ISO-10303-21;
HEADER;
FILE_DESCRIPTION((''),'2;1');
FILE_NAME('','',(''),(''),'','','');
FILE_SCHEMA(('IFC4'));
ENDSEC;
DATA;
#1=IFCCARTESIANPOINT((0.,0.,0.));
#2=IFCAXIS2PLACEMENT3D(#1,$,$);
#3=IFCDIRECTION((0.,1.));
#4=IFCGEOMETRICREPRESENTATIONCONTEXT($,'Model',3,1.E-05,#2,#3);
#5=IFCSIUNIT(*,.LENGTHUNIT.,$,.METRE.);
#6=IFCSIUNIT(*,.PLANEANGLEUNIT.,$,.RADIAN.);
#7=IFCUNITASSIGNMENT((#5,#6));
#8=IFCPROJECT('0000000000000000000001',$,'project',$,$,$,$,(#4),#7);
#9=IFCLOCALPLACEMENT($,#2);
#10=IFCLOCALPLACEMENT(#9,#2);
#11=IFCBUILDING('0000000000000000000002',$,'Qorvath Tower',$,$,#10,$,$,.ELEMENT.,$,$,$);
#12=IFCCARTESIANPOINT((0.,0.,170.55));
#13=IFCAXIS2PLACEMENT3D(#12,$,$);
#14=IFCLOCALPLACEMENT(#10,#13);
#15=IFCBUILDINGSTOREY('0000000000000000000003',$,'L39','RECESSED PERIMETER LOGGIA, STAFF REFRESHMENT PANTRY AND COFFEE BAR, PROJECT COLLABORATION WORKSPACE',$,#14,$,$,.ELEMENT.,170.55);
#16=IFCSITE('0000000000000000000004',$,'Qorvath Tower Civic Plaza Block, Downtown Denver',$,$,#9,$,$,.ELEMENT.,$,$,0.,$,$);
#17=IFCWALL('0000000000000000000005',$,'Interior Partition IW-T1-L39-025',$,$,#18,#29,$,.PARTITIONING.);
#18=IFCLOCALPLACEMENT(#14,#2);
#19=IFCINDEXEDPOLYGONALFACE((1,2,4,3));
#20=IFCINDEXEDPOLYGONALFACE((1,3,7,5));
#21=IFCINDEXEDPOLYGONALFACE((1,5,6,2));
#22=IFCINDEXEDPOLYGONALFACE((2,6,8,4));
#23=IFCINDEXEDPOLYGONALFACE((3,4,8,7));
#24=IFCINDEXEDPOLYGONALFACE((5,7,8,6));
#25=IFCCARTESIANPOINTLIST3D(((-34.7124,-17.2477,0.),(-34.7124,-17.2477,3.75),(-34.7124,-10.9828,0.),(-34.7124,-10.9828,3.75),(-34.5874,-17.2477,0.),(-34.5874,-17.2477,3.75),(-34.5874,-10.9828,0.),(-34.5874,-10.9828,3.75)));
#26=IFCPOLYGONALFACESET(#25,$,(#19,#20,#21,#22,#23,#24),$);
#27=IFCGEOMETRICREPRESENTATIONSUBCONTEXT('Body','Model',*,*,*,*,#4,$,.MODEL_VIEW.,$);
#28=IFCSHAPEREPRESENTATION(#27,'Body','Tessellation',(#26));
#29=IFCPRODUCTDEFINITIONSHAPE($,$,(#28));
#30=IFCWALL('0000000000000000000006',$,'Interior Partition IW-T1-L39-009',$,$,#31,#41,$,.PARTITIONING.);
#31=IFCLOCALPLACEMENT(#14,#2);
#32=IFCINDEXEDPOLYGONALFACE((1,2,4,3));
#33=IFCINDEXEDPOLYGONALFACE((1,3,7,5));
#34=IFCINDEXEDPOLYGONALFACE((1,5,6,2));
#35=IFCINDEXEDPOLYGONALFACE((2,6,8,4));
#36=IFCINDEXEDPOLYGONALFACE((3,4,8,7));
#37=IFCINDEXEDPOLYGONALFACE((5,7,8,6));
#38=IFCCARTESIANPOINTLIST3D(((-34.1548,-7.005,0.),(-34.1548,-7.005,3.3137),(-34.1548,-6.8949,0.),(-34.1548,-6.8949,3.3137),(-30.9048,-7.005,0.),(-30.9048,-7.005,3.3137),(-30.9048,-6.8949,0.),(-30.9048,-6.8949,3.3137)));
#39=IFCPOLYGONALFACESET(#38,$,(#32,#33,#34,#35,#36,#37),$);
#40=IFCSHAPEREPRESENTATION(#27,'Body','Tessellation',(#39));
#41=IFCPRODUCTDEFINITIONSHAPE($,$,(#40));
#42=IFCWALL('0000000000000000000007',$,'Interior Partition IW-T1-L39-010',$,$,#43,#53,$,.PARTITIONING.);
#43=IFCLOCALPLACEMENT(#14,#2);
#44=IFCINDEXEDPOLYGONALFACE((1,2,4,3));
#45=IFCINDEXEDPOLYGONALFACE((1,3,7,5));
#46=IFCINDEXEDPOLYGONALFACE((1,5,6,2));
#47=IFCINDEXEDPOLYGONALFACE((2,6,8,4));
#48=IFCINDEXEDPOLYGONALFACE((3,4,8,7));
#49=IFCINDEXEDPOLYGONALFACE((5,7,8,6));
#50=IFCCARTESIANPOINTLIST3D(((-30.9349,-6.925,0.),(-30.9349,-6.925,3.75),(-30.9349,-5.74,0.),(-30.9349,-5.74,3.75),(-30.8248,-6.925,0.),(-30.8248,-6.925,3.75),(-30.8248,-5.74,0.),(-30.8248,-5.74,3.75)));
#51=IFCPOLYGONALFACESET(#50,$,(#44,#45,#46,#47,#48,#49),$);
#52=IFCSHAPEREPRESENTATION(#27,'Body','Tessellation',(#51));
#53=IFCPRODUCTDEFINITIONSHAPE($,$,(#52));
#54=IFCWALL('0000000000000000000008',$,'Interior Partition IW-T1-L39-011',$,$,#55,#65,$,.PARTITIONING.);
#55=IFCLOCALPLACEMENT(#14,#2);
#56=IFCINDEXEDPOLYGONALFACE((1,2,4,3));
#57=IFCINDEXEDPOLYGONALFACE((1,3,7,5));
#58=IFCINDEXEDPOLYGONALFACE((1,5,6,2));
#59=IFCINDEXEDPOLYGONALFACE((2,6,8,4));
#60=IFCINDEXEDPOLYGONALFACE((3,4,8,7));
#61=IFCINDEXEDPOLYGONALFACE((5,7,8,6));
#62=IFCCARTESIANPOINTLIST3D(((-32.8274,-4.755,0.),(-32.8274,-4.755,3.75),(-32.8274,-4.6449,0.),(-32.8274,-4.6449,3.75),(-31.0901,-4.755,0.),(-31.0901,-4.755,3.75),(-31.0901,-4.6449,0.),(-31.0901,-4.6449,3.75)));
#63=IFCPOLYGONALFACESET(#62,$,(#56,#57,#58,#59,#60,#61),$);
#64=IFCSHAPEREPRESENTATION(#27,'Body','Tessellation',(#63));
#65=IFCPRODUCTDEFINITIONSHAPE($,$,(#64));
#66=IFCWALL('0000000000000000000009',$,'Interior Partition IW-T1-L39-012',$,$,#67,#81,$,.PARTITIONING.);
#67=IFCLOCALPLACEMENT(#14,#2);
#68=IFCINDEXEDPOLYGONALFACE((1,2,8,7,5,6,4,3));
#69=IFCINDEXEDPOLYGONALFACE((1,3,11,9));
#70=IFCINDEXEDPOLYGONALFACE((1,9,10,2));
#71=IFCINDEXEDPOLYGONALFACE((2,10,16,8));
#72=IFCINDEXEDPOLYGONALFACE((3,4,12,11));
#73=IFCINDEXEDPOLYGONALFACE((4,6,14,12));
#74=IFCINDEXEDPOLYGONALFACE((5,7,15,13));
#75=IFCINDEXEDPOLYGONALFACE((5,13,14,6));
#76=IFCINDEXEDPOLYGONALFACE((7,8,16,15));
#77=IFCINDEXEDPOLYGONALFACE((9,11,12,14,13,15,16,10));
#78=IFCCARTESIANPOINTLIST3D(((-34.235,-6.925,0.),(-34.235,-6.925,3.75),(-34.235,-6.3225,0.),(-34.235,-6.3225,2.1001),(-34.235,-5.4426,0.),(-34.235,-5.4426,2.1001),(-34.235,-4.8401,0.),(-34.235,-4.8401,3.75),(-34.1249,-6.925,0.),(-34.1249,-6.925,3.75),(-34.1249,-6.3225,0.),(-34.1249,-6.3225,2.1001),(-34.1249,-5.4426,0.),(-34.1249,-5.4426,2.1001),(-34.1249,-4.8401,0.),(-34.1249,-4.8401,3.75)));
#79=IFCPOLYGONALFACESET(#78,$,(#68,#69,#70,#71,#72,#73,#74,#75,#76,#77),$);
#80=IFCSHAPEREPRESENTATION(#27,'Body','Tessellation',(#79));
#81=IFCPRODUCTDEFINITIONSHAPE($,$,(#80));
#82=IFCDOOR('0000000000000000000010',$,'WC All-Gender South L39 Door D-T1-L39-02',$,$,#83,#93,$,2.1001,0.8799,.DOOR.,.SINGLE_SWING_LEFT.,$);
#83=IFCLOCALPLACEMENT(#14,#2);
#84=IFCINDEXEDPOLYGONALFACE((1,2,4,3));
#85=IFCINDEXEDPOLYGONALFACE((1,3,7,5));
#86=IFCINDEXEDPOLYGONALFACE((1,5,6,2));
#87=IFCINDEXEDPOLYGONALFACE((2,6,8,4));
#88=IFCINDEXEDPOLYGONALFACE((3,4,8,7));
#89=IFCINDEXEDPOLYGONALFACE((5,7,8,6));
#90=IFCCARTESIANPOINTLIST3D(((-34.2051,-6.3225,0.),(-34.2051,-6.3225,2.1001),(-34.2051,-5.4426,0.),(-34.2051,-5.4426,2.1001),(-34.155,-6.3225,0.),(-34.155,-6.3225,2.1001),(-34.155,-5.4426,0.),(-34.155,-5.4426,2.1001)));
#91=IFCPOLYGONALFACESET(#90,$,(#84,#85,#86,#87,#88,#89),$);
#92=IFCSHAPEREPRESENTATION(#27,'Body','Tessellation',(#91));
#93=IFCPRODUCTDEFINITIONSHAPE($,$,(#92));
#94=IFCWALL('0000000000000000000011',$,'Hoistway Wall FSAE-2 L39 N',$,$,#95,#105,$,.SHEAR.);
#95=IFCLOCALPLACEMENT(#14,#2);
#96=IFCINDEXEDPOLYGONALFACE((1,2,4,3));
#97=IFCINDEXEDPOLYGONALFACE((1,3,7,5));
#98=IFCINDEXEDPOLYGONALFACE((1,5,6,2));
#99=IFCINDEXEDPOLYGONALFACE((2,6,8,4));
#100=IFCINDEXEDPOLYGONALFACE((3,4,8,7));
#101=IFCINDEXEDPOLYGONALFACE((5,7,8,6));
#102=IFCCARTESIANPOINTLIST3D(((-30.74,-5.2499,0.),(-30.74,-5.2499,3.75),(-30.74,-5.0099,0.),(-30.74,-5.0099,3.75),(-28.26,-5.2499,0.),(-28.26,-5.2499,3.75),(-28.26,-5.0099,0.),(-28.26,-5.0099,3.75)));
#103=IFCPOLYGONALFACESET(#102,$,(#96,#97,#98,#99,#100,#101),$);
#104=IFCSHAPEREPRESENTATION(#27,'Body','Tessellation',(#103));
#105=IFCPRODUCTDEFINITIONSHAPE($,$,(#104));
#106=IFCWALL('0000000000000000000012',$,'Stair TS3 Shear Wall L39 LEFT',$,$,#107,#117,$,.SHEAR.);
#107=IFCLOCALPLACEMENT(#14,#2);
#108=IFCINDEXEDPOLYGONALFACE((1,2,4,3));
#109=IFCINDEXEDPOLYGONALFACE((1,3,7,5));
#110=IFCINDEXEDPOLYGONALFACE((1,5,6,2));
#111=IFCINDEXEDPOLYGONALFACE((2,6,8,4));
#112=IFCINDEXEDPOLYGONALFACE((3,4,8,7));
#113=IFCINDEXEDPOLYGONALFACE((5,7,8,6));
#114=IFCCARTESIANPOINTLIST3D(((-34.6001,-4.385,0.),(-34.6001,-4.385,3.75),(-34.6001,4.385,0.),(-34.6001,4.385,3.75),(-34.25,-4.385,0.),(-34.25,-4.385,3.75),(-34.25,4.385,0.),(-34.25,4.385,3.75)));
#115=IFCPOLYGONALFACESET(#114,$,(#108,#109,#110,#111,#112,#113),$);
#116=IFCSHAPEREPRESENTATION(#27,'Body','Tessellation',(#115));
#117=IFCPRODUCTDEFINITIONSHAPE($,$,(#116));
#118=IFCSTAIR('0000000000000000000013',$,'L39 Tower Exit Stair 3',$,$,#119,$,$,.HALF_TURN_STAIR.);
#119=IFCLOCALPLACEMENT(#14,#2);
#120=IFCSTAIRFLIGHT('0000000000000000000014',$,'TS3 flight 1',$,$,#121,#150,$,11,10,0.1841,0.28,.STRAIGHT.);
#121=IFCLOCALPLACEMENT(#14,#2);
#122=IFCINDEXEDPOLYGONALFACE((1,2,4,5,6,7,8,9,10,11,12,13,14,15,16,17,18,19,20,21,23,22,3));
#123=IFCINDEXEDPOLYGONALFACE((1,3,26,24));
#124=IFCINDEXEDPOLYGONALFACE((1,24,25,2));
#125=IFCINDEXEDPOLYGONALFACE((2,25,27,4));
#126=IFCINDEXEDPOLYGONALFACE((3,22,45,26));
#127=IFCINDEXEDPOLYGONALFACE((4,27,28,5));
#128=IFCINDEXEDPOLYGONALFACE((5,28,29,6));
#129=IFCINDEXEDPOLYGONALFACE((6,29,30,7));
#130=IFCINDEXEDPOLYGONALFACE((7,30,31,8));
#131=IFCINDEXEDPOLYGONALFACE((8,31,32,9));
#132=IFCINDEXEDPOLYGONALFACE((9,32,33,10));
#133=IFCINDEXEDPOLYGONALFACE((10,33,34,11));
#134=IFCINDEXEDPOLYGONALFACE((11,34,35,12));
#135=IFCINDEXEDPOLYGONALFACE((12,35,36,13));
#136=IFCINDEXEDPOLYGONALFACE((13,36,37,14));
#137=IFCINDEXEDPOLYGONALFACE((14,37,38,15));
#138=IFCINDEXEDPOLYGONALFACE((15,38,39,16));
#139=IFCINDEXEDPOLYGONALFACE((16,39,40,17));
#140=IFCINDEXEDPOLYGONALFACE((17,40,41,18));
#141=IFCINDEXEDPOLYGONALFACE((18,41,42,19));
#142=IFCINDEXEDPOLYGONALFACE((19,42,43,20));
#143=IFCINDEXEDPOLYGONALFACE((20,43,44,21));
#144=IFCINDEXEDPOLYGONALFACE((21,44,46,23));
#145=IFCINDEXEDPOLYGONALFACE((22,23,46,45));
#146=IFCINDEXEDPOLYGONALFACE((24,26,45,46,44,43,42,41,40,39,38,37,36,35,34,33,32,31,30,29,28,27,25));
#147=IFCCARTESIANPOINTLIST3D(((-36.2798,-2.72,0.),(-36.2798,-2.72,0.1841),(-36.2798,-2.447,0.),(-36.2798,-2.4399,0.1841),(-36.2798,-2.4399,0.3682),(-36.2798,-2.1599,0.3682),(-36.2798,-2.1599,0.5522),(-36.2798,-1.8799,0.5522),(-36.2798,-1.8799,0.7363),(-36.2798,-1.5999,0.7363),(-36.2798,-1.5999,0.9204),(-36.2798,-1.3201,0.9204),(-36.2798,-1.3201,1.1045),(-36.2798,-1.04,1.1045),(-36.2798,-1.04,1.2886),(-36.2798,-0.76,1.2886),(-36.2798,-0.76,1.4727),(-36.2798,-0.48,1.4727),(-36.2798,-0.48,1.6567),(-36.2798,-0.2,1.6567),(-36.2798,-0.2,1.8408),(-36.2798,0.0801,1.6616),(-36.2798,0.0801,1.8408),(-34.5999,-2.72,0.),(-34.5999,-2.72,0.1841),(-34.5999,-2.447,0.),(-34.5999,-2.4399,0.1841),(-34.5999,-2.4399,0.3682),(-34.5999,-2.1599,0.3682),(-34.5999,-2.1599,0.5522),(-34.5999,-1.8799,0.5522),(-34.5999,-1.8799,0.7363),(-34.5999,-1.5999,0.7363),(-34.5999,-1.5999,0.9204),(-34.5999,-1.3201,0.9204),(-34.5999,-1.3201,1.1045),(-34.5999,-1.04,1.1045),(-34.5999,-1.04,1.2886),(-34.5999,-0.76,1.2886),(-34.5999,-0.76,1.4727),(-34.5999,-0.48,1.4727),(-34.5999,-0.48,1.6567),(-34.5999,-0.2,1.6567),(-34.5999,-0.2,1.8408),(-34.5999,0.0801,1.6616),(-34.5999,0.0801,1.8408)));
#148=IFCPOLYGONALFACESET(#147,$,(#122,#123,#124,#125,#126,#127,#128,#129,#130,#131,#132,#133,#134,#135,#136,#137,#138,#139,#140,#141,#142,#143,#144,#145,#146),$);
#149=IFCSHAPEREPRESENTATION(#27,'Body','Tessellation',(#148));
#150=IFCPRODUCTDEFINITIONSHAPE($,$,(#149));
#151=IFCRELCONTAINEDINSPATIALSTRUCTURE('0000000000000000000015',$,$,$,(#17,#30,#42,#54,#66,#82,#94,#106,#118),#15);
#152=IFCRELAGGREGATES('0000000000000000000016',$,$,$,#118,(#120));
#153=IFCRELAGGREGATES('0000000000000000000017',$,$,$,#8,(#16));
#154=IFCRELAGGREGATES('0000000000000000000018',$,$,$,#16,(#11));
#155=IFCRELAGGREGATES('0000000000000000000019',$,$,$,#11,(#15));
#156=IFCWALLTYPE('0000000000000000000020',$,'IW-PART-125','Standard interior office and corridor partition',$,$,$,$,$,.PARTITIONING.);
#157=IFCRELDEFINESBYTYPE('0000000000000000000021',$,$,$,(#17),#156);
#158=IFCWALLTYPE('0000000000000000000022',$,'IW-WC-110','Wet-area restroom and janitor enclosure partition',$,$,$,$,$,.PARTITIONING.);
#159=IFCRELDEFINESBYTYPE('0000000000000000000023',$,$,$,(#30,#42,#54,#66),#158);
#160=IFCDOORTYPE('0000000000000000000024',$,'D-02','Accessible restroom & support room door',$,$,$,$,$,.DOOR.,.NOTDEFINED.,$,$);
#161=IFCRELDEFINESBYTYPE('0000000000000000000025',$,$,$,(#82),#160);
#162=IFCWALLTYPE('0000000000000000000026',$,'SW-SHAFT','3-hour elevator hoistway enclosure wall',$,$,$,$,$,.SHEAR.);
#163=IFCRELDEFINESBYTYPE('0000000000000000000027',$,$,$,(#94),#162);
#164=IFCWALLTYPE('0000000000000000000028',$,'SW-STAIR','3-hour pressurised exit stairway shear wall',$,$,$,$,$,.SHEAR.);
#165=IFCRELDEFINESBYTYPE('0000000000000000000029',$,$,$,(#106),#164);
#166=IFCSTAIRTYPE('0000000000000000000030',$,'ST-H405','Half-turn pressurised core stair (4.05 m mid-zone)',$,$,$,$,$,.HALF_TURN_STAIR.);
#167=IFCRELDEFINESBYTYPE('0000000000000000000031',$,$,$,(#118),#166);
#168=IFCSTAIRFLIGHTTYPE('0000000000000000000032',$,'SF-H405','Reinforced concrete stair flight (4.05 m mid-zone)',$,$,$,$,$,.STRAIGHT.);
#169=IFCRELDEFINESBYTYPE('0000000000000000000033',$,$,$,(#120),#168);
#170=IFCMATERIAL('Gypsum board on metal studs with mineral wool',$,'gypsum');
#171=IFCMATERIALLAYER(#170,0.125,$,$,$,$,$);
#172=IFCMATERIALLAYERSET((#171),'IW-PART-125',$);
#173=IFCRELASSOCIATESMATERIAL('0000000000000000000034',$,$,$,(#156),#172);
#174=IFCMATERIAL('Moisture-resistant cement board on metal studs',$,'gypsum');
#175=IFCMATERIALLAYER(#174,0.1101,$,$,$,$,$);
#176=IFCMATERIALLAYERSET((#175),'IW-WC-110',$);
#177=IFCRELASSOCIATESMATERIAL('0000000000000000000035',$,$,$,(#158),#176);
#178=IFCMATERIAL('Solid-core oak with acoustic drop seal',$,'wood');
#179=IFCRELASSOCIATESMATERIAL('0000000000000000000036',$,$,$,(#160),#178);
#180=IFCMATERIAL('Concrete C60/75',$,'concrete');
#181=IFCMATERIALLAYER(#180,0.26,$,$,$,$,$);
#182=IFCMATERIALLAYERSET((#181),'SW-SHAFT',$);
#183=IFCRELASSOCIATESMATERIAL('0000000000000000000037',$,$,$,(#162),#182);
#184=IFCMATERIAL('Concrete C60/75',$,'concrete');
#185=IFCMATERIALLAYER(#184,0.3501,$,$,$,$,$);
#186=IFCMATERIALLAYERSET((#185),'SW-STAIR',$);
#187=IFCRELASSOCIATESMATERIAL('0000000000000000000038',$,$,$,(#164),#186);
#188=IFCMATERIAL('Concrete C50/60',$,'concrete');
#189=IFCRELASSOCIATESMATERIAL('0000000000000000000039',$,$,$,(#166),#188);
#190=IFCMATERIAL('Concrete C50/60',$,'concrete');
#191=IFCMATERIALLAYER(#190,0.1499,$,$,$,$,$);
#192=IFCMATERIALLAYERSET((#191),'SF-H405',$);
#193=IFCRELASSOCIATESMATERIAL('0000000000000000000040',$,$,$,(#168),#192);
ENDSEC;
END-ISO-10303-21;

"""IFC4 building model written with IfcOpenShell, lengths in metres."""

from ifc_helpers import new_model, si_unit, direction, frame, frame_2d, origin, place, context, subcontext, project, spatial, polyline, rectangle, outline, extrude, material, layer, layer_set, type_object, element, fill, aggregate, save


model = new_model("IFC4")

# Units and contexts
model_context = context("Model", 3, precision=1e-05, world=origin(), true_north=direction((0.0, 1.0)))
body_context = subcontext(model_context, "Body", "Model", "MODEL_VIEW")
ifc_project = project(units=[si_unit("LENGTHUNIT", "METRE"), si_unit("PLANEANGLEUNIT", "RADIAN")], contexts=[model_context])

# Site, building, storey
site_placement = place(None, origin())
site = spatial("IfcSite", under=ifc_project, at=site_placement, Name="Qorvath Tower Civic Plaza Block, Downtown Denver", CompositionType="ELEMENT", RefElevation=0.0)
building_placement = place(site_placement, origin())
building = spatial("IfcBuilding", under=site, at=building_placement, Name="Qorvath Tower", CompositionType="ELEMENT")
storey_placement = place(building_placement, frame((0.0, 0.0, 170.55)))
storey = spatial("IfcBuildingStorey", under=building, at=storey_placement, Name="L39", Description="RECESSED PERIMETER LOGGIA, STAFF REFRESHMENT PANTRY AND COFFEE BAR, PROJECT COLLABORATION WORKSPACE", CompositionType="ELEMENT", Elevation=170.55)

# Walls
ifc_material_1 = material(Name="Gypsum board on metal studs with mineral wool", Category="gypsum")
ifc_layer_1 = layer(ifc_material_1, 0.125)
ifc_layer_set_1 = layer_set([ifc_layer_1], Name="IW-PART-125")
wall_type_1 = type_object("IfcWallType", Name="IW-PART-125", Description="Standard interior office and corridor partition", PredefinedType="PARTITIONING", material=ifc_layer_set_1)
wall_1_placement = place(storey_placement, frame((-34.6499, -10.9829, 0.0), z_axis=(0.0, 0.0, 1.0), x_axis=(0.0, -1.0, 0.0)))
element("IfcWall", 1, at=wall_1_placement, inside=storey, type_object=wall_type_1, Name="Interior Partition IW-T1-L39-025", PredefinedType="PARTITIONING", context=body_context, shape_type="SweptSolid", body=[
    extrude(rectangle(XDim=6.2649, YDim=0.125, at=frame_2d((3.1323, 0.0))), origin(), (0.0, 0.0, 1.0), 3.75),
])
ifc_material_2 = material(Name="Moisture-resistant cement board on metal studs", Category="gypsum")
ifc_layer_2 = layer(ifc_material_2, 0.1101)
ifc_layer_set_2 = layer_set([ifc_layer_2], Name="IW-WC-110")
wall_type_2 = type_object("IfcWallType", Name="IW-WC-110", Description="Wet-area restroom and janitor enclosure partition", PredefinedType="PARTITIONING", material=ifc_layer_set_2)
wall_2_placement = place(storey_placement, frame((-34.1548, -6.95, 0.0), z_axis=(0.0, 0.0, 1.0), x_axis=(1.0, 0.0, 0.0)))
element("IfcWall", 2, at=wall_2_placement, inside=storey, type_object=wall_type_2, Name="Interior Partition IW-T1-L39-009", PredefinedType="PARTITIONING", context=body_context, shape_type="SweptSolid", body=[
    extrude(rectangle(XDim=3.25, YDim=0.1101, at=frame_2d((1.625, 0.0))), origin(), (0.0, 0.0, 1.0), 3.3137),
])
wall_3_placement = place(storey_placement, frame((-30.8799, -6.925, 0.0), z_axis=(0.0, 0.0, 1.0), x_axis=(0.0, 1.0, 0.0)))
element("IfcWall", 3, at=wall_3_placement, inside=storey, type_object=wall_type_2, Name="Interior Partition IW-T1-L39-010", PredefinedType="PARTITIONING", context=body_context, shape_type="SweptSolid", body=[
    extrude(rectangle(XDim=1.1851, YDim=0.1101, at=frame_2d((0.5925, 0.0))), origin(), (0.0, 0.0, 1.0), 3.75),
])
wall_4_placement = place(storey_placement, frame((-31.0901, -4.7, 0.0), z_axis=(0.0, 0.0, 1.0), x_axis=(-1.0, 0.0, 0.0)))
element("IfcWall", 4, at=wall_4_placement, inside=storey, type_object=wall_type_2, Name="Interior Partition IW-T1-L39-011", PredefinedType="PARTITIONING", context=body_context, shape_type="SweptSolid", body=[
    extrude(rectangle(XDim=1.7373, YDim=0.1101, at=frame_2d((0.8687, 0.0))), origin(), (0.0, 0.0, 1.0), 3.75),
])

# Wall, opening, door
wall_5_placement = place(storey_placement, frame((-34.1799, -4.8401, 0.0), z_axis=(0.0, 0.0, 1.0), x_axis=(0.0, -1.0, 0.0)))
wall_5 = element("IfcWall", 5, at=wall_5_placement, inside=storey, type_object=wall_type_2, Name="Interior Partition IW-T1-L39-012", PredefinedType="PARTITIONING", context=body_context, shape_type="SweptSolid", body=[
    extrude(rectangle(XDim=2.085, YDim=0.1101, at=frame_2d((1.0425, 0.0))), origin(), (0.0, 0.0, 1.0), 3.75),
])
opening_1_placement = place(wall_5_placement, frame((0.6025, 0.0, 0.0)))
opening_1 = element("IfcOpeningElement", 6, at=opening_1_placement, cuts=wall_5, PredefinedType="OPENING", context=body_context, shape_type="SweptSolid", body=[
    extrude(rectangle(XDim=0.8799, YDim=2.1001, at=frame_2d((0.4399, 1.05))), frame((0.0, 0.0649, 0.0), z_axis=(0.0, -1.0, 0.0), x_axis=(1.0, 0.0, 0.0)), (0.0, 0.0, 1.0), 0.1301),
])
ifc_material_3 = material(Name="Solid-core oak with acoustic drop seal", Category="wood")
door_type_1 = type_object("IfcDoorType", Name="D-02", Description="Accessible restroom & support room door", OperationType="NOTDEFINED", PredefinedType="DOOR", material=ifc_material_3)
door_1_placement = place(opening_1_placement, origin())
door_1 = element("IfcDoor", 7, at=door_1_placement, inside=storey, type_object=door_type_1, Name="WC All-Gender South L39 Door D-T1-L39-02", OperationType="SINGLE_SWING_LEFT", OverallHeight=2.1001, OverallWidth=0.8799, PredefinedType="DOOR", context=body_context, shape_type="SweptSolid", body=[
    extrude(rectangle(XDim=0.8799, YDim=2.1001, at=frame_2d((0.4399, 1.05))), frame((0.0, 0.0249, 0.0), z_axis=(0.0, -1.0, 0.0), x_axis=(1.0, 0.0, 0.0)), (0.0, 0.0, 1.0), 0.05),
])
fill(opening_1, door_1)

# Walls
ifc_material_4 = material(Name="Concrete C60/75", Category="concrete")
ifc_layer_3 = layer(ifc_material_4, 0.26)
ifc_layer_set_3 = layer_set([ifc_layer_3], Name="SW-SHAFT")
wall_type_3 = type_object("IfcWallType", Name="SW-SHAFT", Description="3-hour elevator hoistway enclosure wall", PredefinedType="SHEAR", material=ifc_layer_set_3)
wall_6_placement = place(storey_placement, frame((-30.74, -5.1299, 0.0), z_axis=(0.0, 0.0, 1.0), x_axis=(1.0, 0.0, 0.0)))
element("IfcWall", 8, at=wall_6_placement, inside=storey, type_object=wall_type_3, Name="Hoistway Wall FSAE-2 L39 N", PredefinedType="SHEAR", context=body_context, shape_type="SweptSolid", body=[
    extrude(rectangle(XDim=2.48, YDim=0.24, at=frame_2d((1.24, 0.0))), origin(), (0.0, 0.0, 1.0), 3.75),
])
ifc_material_5 = material(Name="Concrete C60/75", Category="concrete")
ifc_layer_4 = layer(ifc_material_5, 0.3501)
ifc_layer_set_4 = layer_set([ifc_layer_4], Name="SW-STAIR")
wall_type_4 = type_object("IfcWallType", Name="SW-STAIR", Description="3-hour pressurised exit stairway shear wall", PredefinedType="SHEAR", material=ifc_layer_set_4)
wall_7_placement = place(storey_placement, frame((-34.425, -4.385, 0.0), z_axis=(0.0, 0.0, 1.0), x_axis=(0.0, 1.0, 0.0)))
element("IfcWall", 9, at=wall_7_placement, inside=storey, type_object=wall_type_4, Name="Stair TS3 Shear Wall L39 LEFT", PredefinedType="SHEAR", context=body_context, shape_type="SweptSolid", body=[
    extrude(rectangle(XDim=8.77, YDim=0.3501, at=frame_2d((4.385, 0.0))), origin(), (0.0, 0.0, 1.0), 3.75),
])

# Stair, stair flight
ifc_material_6 = material(Name="Concrete C50/60", Category="concrete")
stair_type = type_object("IfcStairType", Name="ST-H405", Description="Half-turn pressurised core stair (4.05 m mid-zone)", PredefinedType="HALF_TURN_STAIR", material=ifc_material_6)
stair_placement = place(storey_placement, origin())
stair = element("IfcStair", 10, at=stair_placement, inside=storey, type_object=stair_type, Name="L39 Tower Exit Stair 3", PredefinedType="HALF_TURN_STAIR")
ifc_material_7 = material(Name="Concrete C50/60", Category="concrete")
ifc_layer_5 = layer(ifc_material_7, 0.1499)
ifc_layer_set_5 = layer_set([ifc_layer_5], Name="SF-H405")
stair_flight_type = type_object("IfcStairFlightType", Name="SF-H405", Description="Reinforced concrete stair flight (4.05 m mid-zone)", PredefinedType="STRAIGHT", material=ifc_layer_set_5)
stair_flight_placement = place(storey_placement, frame((-35.4399, -2.72, 0.0), z_axis=(0.0, 0.0, 1.0), x_axis=(0.0, 1.0, 0.0)))
stair_flight = element("IfcStairFlight", 11, at=stair_flight_placement, type_object=stair_flight_type, Name="TS3 flight 1", NumberOfRisers=11, NumberOfTreads=10, PredefinedType="STRAIGHT", RiserHeight=0.1841, TreadLength=0.28, context=body_context, shape_type="SweptSolid", body=[
    extrude(outline(polyline([(0.0, 0.0), (0.0, 0.1841), (0.28, 0.1841), (0.28, 0.3682), (0.5601, 0.3682), (0.5601, 0.5522), (0.8401, 0.5522), (0.8401, 0.7363), (1.1201, 0.7363), (1.1201, 0.9204), (1.3999, 0.9204), (1.3999, 1.1045), (1.6799, 1.1045), (1.6799, 1.2886), (1.96, 1.2886), (1.96, 1.4727), (2.24, 1.4727), (2.24, 1.6567), (2.52, 1.6567), (2.52, 1.8408), (2.8, 1.8408), (2.8, 2.0249), (2.8, 1.6616), (0.2729, 0.0), (0.0, 0.0)])), frame((0.0, 0.8398, 0.0), z_axis=(0.0, -1.0, 0.0), x_axis=(1.0, 0.0, 0.0)), (0.0, 0.0, 1.0), 1.6799),
])
aggregate(stair, [stair_flight])

save(model, "model.ifc")
